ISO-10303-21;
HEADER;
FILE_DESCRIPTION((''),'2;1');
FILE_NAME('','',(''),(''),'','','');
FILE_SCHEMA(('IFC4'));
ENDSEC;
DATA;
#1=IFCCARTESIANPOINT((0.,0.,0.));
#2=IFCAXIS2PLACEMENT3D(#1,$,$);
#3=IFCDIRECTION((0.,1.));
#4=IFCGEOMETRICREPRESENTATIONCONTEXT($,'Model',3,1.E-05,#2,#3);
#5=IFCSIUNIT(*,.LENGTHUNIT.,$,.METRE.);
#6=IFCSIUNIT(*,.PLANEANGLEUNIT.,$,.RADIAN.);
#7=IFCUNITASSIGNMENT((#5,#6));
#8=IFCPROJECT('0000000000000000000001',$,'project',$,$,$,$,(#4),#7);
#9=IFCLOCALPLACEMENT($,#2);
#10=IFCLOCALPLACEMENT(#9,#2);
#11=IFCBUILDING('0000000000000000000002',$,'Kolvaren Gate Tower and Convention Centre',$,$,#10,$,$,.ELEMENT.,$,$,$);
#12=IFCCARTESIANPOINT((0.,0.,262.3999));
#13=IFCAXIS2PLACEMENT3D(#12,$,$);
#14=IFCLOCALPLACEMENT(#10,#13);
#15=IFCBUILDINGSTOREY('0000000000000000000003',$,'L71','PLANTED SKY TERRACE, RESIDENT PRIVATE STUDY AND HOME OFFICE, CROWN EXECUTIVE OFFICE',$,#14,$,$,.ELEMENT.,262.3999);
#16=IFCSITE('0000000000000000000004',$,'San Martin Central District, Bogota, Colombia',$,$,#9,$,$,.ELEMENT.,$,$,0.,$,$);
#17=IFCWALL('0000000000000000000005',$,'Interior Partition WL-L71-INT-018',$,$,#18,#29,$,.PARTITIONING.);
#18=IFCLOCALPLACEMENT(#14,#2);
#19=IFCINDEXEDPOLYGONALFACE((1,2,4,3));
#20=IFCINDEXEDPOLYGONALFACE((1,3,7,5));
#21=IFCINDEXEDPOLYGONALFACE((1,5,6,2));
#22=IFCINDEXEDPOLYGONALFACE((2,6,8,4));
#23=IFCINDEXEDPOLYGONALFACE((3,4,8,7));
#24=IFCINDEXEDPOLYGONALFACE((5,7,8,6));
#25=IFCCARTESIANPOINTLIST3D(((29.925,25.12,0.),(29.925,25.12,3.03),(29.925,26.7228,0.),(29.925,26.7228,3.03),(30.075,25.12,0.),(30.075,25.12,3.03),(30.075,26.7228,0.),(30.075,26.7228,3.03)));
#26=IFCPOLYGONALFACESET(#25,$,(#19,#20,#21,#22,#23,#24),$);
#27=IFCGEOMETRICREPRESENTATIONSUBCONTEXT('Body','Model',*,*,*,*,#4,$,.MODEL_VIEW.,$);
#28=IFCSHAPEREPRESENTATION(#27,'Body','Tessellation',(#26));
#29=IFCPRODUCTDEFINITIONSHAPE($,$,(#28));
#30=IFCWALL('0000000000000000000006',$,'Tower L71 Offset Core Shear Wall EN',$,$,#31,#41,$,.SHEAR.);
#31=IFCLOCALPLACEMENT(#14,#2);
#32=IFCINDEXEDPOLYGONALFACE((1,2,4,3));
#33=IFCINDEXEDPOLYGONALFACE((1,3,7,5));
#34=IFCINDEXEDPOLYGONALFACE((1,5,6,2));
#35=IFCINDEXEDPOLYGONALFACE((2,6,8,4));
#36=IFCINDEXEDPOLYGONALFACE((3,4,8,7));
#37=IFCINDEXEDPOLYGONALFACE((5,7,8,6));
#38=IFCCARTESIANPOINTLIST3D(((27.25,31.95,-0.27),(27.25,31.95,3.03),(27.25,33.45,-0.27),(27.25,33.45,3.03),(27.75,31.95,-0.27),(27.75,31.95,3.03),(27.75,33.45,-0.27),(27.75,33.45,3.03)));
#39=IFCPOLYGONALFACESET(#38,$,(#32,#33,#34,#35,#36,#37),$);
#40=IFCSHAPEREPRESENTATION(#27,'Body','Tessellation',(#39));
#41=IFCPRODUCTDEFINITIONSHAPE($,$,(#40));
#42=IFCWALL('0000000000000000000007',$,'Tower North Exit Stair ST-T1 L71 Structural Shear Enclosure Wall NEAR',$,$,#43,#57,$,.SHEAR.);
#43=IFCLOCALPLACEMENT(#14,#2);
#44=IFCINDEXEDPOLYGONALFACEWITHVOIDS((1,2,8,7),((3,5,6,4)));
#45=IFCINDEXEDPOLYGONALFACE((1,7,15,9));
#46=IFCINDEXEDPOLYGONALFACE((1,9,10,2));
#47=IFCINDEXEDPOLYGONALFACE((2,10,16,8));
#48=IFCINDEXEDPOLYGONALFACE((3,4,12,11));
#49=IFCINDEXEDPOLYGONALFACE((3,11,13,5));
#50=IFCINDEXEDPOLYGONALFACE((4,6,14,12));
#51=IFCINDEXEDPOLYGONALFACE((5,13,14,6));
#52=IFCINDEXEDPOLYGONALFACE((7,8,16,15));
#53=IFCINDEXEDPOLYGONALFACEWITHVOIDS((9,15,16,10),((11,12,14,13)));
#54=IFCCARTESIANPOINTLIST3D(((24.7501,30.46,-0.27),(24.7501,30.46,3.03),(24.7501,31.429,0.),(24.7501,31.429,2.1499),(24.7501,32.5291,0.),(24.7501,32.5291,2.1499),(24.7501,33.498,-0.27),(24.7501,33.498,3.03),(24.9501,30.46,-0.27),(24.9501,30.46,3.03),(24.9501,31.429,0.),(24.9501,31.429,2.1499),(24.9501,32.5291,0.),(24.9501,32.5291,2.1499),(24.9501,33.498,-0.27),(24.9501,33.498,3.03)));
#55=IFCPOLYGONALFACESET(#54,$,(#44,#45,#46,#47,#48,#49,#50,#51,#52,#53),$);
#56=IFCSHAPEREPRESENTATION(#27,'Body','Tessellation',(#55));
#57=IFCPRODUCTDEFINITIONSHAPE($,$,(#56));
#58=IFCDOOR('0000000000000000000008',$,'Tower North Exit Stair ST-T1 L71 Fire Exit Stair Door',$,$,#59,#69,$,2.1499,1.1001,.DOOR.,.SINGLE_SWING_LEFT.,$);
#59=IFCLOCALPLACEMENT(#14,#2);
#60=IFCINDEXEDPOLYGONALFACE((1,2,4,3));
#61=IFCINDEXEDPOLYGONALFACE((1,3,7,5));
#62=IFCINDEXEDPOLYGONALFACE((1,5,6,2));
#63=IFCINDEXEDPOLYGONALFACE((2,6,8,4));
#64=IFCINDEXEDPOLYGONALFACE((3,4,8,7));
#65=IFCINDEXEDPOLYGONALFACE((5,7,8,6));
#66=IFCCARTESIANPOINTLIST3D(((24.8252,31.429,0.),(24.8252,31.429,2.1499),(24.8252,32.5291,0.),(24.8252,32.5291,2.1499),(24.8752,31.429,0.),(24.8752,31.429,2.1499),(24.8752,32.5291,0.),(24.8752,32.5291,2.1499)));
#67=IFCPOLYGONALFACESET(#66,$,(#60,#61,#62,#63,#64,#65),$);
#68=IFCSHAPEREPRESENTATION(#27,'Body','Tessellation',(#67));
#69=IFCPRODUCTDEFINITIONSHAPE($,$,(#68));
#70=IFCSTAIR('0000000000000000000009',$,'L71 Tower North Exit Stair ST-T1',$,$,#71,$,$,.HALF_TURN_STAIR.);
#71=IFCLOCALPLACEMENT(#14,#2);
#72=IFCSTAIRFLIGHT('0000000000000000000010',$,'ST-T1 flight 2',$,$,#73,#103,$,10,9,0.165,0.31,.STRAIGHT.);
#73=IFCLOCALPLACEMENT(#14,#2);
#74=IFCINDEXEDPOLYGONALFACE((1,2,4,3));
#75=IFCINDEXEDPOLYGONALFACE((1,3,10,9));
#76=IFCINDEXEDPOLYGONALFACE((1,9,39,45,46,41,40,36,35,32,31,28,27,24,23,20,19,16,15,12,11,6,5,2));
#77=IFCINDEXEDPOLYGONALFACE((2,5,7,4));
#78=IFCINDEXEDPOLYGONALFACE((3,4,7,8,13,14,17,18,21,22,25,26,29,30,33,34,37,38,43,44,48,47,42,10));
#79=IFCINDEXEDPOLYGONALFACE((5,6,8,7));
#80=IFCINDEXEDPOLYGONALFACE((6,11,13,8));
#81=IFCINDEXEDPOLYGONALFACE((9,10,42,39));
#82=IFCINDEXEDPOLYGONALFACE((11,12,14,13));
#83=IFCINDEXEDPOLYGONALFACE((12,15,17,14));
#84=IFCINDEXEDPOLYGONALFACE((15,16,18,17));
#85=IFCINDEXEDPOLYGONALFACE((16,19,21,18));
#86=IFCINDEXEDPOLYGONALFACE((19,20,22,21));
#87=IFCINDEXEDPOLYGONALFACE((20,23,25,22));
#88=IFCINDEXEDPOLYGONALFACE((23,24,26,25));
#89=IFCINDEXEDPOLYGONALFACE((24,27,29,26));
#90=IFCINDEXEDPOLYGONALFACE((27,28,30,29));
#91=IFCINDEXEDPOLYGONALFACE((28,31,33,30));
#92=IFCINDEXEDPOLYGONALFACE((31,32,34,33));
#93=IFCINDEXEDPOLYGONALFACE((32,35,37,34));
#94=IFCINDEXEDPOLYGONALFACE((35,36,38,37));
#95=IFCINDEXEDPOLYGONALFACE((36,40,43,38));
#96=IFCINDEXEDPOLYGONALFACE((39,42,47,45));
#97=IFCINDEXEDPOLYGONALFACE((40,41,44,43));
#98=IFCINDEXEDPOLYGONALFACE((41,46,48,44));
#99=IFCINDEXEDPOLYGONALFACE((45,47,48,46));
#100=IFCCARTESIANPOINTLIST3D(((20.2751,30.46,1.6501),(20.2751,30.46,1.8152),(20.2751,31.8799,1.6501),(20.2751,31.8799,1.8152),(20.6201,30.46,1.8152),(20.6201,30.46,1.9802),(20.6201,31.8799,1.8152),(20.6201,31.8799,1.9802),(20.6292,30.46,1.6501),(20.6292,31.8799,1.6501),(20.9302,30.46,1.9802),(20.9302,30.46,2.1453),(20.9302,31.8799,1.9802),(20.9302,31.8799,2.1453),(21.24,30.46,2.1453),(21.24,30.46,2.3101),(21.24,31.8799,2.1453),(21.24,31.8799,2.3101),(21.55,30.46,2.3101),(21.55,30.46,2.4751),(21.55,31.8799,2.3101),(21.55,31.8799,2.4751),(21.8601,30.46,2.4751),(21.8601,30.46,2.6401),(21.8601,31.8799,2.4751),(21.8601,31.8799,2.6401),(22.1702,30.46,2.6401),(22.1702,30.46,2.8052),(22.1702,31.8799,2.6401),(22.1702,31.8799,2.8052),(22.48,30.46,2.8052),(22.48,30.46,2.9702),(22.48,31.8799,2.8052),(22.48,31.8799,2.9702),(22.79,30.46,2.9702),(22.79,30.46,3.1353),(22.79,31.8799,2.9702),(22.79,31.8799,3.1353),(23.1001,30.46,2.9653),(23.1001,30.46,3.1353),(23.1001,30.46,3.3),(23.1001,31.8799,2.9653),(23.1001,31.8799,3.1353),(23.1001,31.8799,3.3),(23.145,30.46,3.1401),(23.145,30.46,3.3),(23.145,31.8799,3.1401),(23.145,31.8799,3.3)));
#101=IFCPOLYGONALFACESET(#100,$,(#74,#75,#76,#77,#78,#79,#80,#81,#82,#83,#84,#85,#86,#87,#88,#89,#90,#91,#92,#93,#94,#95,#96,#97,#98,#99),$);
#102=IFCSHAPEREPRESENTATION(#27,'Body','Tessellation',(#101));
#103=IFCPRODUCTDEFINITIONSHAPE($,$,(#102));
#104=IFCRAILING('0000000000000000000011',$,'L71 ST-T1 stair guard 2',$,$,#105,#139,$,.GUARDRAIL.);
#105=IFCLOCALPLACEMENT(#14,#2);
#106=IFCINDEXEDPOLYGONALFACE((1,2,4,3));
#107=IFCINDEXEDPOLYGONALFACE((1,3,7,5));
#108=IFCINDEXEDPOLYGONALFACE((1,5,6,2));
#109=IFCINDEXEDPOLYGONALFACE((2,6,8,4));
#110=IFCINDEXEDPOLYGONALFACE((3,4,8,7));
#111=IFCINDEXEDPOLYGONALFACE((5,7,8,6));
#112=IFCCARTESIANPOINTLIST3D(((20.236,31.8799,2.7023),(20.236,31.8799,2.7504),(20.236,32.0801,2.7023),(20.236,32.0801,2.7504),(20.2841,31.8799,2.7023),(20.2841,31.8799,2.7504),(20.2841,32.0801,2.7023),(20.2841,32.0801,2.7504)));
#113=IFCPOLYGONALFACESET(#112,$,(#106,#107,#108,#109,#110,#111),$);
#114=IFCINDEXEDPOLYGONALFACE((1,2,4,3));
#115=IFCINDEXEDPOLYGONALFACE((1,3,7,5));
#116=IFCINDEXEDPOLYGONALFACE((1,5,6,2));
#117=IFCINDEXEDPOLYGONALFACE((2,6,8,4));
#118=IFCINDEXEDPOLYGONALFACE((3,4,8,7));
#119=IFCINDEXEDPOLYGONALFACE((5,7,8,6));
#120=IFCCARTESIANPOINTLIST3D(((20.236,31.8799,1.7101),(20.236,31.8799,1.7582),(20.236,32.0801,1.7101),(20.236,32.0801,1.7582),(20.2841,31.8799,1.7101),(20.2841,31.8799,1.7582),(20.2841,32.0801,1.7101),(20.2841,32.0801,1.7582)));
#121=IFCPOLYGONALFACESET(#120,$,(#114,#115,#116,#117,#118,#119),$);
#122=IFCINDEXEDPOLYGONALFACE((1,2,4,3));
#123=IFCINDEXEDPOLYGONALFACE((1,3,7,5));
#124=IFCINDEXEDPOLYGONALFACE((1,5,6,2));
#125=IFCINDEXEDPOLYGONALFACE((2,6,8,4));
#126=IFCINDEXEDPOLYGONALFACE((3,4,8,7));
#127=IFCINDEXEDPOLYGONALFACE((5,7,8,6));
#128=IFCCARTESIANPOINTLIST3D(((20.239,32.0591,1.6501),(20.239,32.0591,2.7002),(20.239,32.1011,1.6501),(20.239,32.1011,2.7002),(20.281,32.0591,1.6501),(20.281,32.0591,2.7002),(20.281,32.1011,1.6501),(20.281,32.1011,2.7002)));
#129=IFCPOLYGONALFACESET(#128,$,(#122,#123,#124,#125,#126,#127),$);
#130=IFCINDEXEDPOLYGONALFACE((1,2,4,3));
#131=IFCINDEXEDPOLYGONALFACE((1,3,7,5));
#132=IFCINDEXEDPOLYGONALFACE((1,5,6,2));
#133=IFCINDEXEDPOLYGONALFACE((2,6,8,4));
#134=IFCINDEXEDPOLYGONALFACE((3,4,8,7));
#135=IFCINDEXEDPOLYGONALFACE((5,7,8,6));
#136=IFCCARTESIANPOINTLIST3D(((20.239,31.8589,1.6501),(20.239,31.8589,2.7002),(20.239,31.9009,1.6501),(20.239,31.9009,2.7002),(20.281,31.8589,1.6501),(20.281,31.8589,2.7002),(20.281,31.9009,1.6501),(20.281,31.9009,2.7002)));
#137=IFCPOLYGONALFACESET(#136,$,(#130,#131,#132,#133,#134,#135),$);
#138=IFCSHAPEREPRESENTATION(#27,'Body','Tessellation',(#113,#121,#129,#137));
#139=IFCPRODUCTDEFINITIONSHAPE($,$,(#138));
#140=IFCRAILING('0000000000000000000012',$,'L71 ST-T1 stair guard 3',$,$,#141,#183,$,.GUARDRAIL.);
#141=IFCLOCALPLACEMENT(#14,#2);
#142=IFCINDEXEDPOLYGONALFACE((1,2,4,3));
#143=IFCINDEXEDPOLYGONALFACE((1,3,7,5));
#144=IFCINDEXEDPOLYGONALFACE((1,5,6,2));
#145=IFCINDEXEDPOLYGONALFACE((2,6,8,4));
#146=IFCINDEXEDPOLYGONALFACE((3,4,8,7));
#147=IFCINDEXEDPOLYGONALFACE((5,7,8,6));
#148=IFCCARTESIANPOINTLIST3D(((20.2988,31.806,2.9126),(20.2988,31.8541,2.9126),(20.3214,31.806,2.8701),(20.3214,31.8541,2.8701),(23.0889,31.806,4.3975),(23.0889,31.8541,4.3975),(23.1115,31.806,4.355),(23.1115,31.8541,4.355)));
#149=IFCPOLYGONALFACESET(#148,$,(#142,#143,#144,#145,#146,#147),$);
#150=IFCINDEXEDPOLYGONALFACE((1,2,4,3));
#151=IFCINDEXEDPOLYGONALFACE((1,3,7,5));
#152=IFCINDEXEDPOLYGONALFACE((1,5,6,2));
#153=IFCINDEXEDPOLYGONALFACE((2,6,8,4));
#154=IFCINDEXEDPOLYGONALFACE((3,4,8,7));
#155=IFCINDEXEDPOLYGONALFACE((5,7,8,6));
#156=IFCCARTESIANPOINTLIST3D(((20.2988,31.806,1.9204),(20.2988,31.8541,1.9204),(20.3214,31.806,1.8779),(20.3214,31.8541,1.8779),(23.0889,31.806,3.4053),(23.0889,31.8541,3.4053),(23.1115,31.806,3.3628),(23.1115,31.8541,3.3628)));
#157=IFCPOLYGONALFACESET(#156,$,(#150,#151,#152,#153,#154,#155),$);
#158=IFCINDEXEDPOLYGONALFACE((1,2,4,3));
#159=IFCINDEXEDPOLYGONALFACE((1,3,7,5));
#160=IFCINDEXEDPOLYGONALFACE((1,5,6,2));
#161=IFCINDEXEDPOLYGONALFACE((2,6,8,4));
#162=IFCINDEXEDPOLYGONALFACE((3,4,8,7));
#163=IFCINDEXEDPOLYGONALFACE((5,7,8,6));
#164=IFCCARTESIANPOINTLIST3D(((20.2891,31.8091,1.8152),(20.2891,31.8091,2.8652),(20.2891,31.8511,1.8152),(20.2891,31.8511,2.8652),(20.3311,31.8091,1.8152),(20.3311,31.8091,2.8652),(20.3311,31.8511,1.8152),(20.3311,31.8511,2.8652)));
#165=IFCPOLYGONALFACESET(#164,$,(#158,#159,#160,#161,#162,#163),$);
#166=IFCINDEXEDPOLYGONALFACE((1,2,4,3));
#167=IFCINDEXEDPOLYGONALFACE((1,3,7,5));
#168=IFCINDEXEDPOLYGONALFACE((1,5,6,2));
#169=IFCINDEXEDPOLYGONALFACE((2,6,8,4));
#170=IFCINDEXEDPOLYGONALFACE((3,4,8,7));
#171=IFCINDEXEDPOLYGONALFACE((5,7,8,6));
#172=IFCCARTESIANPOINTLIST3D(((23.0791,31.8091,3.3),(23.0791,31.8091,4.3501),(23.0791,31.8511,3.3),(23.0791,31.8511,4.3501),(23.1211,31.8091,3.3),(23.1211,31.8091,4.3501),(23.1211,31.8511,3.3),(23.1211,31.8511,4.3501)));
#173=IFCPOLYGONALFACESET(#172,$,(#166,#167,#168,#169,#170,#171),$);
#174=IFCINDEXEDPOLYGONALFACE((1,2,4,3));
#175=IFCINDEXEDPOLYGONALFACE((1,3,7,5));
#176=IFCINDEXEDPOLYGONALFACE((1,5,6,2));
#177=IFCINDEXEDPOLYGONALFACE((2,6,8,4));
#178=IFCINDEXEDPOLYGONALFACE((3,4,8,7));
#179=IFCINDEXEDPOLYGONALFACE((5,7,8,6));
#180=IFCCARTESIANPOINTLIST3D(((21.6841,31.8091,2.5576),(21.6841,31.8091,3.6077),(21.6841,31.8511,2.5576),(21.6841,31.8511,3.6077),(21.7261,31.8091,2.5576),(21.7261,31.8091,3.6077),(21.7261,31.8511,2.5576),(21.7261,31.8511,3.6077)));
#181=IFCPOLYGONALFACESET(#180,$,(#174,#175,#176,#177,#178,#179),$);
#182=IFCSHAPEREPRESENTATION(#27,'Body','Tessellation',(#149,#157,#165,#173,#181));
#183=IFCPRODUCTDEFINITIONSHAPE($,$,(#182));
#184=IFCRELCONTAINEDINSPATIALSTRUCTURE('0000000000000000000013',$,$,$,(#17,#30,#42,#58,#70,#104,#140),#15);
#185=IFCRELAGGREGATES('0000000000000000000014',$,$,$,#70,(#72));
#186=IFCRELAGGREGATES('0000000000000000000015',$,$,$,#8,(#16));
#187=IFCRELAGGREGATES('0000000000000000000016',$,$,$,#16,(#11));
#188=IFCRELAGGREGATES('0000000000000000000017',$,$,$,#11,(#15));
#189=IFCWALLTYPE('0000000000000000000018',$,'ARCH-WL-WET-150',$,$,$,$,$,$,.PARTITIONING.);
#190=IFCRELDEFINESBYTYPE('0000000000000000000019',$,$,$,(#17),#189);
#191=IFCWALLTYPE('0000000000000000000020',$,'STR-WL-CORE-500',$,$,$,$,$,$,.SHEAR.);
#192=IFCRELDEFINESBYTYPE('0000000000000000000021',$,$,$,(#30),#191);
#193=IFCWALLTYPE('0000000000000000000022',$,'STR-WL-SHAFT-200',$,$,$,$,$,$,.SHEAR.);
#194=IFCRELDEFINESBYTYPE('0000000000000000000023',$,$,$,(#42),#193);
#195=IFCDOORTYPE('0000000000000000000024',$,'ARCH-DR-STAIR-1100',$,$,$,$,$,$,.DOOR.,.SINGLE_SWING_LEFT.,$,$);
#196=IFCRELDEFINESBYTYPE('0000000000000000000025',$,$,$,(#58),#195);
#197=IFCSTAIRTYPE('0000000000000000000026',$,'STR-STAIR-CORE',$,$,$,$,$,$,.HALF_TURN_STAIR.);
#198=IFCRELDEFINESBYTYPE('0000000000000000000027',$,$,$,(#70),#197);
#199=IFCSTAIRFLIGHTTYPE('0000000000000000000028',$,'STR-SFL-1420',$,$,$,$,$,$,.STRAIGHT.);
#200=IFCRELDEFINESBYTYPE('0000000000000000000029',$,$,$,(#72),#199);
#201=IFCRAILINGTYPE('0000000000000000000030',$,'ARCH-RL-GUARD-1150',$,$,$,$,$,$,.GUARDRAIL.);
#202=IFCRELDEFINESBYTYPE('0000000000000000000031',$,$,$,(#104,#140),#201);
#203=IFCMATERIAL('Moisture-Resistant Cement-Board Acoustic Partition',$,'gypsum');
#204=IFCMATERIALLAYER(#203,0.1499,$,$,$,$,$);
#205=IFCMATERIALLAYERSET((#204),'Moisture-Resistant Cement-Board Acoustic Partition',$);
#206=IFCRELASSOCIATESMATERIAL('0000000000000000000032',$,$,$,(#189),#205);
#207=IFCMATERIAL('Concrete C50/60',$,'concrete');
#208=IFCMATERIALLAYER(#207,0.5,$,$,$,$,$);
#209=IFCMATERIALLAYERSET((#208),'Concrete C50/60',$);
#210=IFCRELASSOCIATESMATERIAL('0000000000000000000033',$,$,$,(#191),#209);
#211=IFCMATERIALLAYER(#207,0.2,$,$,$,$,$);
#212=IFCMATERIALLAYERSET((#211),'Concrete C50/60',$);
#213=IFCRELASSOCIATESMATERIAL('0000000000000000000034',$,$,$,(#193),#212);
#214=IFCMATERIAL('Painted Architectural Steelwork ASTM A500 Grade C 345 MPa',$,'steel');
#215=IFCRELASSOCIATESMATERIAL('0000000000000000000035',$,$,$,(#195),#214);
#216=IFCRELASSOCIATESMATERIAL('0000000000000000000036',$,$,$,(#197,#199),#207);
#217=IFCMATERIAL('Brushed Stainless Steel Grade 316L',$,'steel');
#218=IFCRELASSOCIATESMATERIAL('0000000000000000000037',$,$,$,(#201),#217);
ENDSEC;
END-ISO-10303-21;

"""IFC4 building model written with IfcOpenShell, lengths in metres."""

from ifc_helpers import new_model, si_unit, direction, frame, frame_2d, origin, origin_2d, place, context, subcontext, project, spatial, polyline, rectangle, outline, extrude, material, layer, layer_set, type_object, element, fill, aggregate, save


model = new_model("IFC4")

# Units and contexts
model_context = context("Model", 3, precision=1e-05, world=origin(), true_north=direction((0.0, 1.0)))
body_context = subcontext(model_context, "Body", "Model", "MODEL_VIEW")
ifc_project = project(units=[si_unit("LENGTHUNIT", "METRE"), si_unit("PLANEANGLEUNIT", "RADIAN")], contexts=[model_context])

# Site, building, storey
site_placement = place(None, origin())
site = spatial("IfcSite", under=ifc_project, at=site_placement, Name="San Martin Central District, Bogota, Colombia", CompositionType="ELEMENT", RefElevation=0.0)
building_placement = place(site_placement, origin())
building = spatial("IfcBuilding", under=site, at=building_placement, Name="Kolvaren Gate Tower and Convention Centre", CompositionType="ELEMENT")
storey_placement = place(building_placement, frame((0.0, 0.0, 262.3999)))
storey = spatial("IfcBuildingStorey", under=building, at=storey_placement, Name="L71", Description="PLANTED SKY TERRACE, RESIDENT PRIVATE STUDY AND HOME OFFICE, CROWN EXECUTIVE OFFICE", CompositionType="ELEMENT", Elevation=262.3999)

# Shared definitions
ifc_material_1 = material(Name="Brushed Stainless Steel Grade 316L", Category="steel")

# Walls
ifc_material_2 = material(Name="Moisture-Resistant Cement-Board Acoustic Partition", Category="gypsum")
ifc_layer_1 = layer(ifc_material_2, 0.1499)
ifc_layer_set_1 = layer_set([ifc_layer_1], Name="Moisture-Resistant Cement-Board Acoustic Partition")
wall_type_1 = type_object("IfcWallType", Name="ARCH-WL-WET-150", PredefinedType="PARTITIONING", material=ifc_layer_set_1)
wall_1_placement = place(storey_placement, frame((30.0, 25.1201, 0.0), z_axis=(0.0, 0.0, 1.0), x_axis=(0.0, 1.0, 0.0)))
element("IfcWall", 1, at=wall_1_placement, inside=storey, type_object=wall_type_1, Name="Interior Partition WL-L71-INT-018", PredefinedType="PARTITIONING", context=body_context, shape_type="SweptSolid", body=[
    extrude(rectangle(XDim=1.6028, YDim=0.1499, at=frame_2d((0.8013, 0.0))), origin(), (0.0, 0.0, 1.0), 3.03),
])
ifc_material_3 = material(Name="Concrete C50/60", Category="concrete")
ifc_layer_2 = layer(ifc_material_3, 0.5)
ifc_layer_set_2 = layer_set([ifc_layer_2], Name="Concrete C50/60")
wall_type_2 = type_object("IfcWallType", Name="STR-WL-CORE-500", PredefinedType="SHEAR", material=ifc_layer_set_2)
wall_2_placement = place(storey_placement, frame((27.5, 31.95, -0.27), z_axis=(0.0, 0.0, 1.0), x_axis=(0.0, 1.0, 0.0)))
element("IfcWall", 2, at=wall_2_placement, inside=storey, type_object=wall_type_2, Name="Tower L71 Offset Core Shear Wall EN", PredefinedType="SHEAR", context=body_context, shape_type="SweptSolid", body=[
    extrude(rectangle(XDim=1.5, YDim=0.5, at=frame_2d((0.75, 0.0))), origin(), (0.0, 0.0, 1.0), 3.3),
])

# Wall, opening, door
ifc_layer_3 = layer(ifc_material_3, 0.2)
ifc_layer_set_3 = layer_set([ifc_layer_3], Name="Concrete C50/60")
wall_type_3 = type_object("IfcWallType", Name="STR-WL-SHAFT-200", PredefinedType="SHEAR", material=ifc_layer_set_3)
wall_3_placement = place(storey_placement, frame((24.8501, 30.46, -0.27), z_axis=(0.0, 0.0, 1.0), x_axis=(0.0, 1.0, 0.0)))
wall_3 = element("IfcWall", 3, at=wall_3_placement, inside=storey, type_object=wall_type_3, Name="Tower North Exit Stair ST-T1 L71 Structural Shear Enclosure Wall NEAR", PredefinedType="SHEAR", context=body_context, shape_type="SweptSolid", body=[
    extrude(rectangle(XDim=3.0381, YDim=0.2, at=frame_2d((1.519, 0.0))), origin(), (0.0, 0.0, 1.0), 3.3),
])
opening_1_placement = place(wall_3_placement, frame((0.969, 0.0, 0.27)))
opening_1 = element("IfcOpeningElement", 4, at=opening_1_placement, cuts=wall_3, PredefinedType="OPENING", context=body_context, shape_type="SweptSolid", body=[
    extrude(rectangle(XDim=1.1001, YDim=2.1499, at=frame_2d((0.55, 1.075))), frame((0.0, 0.1099, 0.0), z_axis=(0.0, -1.0, 0.0), x_axis=(1.0, 0.0, 0.0)), (0.0, 0.0, 1.0), 0.22),
])
ifc_material_4 = material(Name="Painted Architectural Steelwork ASTM A500 Grade C 345 MPa", Category="steel")
door_type_1 = type_object("IfcDoorType", Name="ARCH-DR-STAIR-1100", OperationType="SINGLE_SWING_LEFT", PredefinedType="DOOR", material=ifc_material_4)
door_1_placement = place(opening_1_placement, origin())
door_1 = element("IfcDoor", 5, at=door_1_placement, inside=storey, type_object=door_type_1, Name="Tower North Exit Stair ST-T1 L71 Fire Exit Stair Door", OperationType="SINGLE_SWING_LEFT", OverallHeight=2.1499, OverallWidth=1.1001, PredefinedType="DOOR", context=body_context, shape_type="SweptSolid", body=[
    extrude(rectangle(XDim=1.1001, YDim=2.1499, at=frame_2d((0.55, 1.075))), frame((0.0, 0.0249, 0.0), z_axis=(0.0, -1.0, 0.0), x_axis=(1.0, 0.0, 0.0)), (0.0, 0.0, 1.0), 0.05),
])
fill(opening_1, door_1)

# Stair, stair flight
stair_type = type_object("IfcStairType", Name="STR-STAIR-CORE", PredefinedType="HALF_TURN_STAIR", material=ifc_material_3)
stair_placement = place(storey_placement, origin())
stair = element("IfcStair", 6, at=stair_placement, inside=storey, type_object=stair_type, Name="L71 Tower North Exit Stair ST-T1", PredefinedType="HALF_TURN_STAIR")
stair_flight_type = type_object("IfcStairFlightType", Name="STR-SFL-1420", PredefinedType="STRAIGHT", material=ifc_material_3)
stair_flight_placement = place(storey_placement, frame((20.3101, 31.1699, 1.6501), z_axis=(0.0, 0.0, 1.0), x_axis=(1.0, 0.0, 0.0)))
stair_flight = element("IfcStairFlight", 7, at=stair_flight_placement, type_object=stair_flight_type, Name="ST-T1 flight 2", NumberOfRisers=10, NumberOfTreads=9, PredefinedType="STRAIGHT", RiserHeight=0.165, TreadLength=0.31, context=body_context, shape_type="SweptSolid", body=[
    extrude(outline(polyline([(-0.0349, 0.0), (-0.0349, 0.165), (0.3101, 0.165), (0.3101, 0.3301), (0.6201, 0.3301), (0.6201, 0.4951), (0.9299, 0.4951), (0.9299, 0.6599), (1.24, 0.6599), (1.24, 0.825), (1.55, 0.825), (1.55, 0.99), (1.8601, 0.99), (1.8601, 1.155), (2.1699, 1.155), (2.1699, 1.3201), (2.48, 1.3201), (2.48, 1.4851), (2.79, 1.4851), (2.79, 1.6499), (2.835, 1.6499), (2.835, 1.49), (2.79, 1.3152), (0.3191, 0.0), (-0.0349, 0.0)])), frame((0.0, 0.71, 0.0), z_axis=(0.0, -1.0, 0.0), x_axis=(1.0, 0.0, 0.0)), (0.0, 0.0, 1.0), 1.4199),
])
aggregate(stair, [stair_flight])

# Railings
railing_type_1 = type_object("IfcRailingType", Name="ARCH-RL-GUARD-1150", PredefinedType="GUARDRAIL", material=ifc_material_1)
railing_1_placement = place(storey_placement, frame((20.26, 32.0801, 1.6501)))
element("IfcRailing", 8, at=railing_1_placement, inside=storey, type_object=railing_type_1, Name="L71 ST-T1 stair guard 2", PredefinedType="GUARDRAIL", context=body_context, shape_type="SweptSolid", body=[
    extrude(rectangle(XDim=0.0481, YDim=0.0481, at=origin_2d()), frame((0.0, 0.0, 1.0762), z_axis=(0.0, -1.0, 0.0), x_axis=(1.0, 0.0, 0.0)), (0.0, 0.0, 1.0), 0.2002),
    extrude(rectangle(XDim=0.0481, YDim=0.0481, at=origin_2d()), frame((0.0, 0.0, 0.084), z_axis=(0.0, -1.0, 0.0), x_axis=(1.0, 0.0, 0.0)), (0.0, 0.0, 1.0), 0.2002),
    extrude(rectangle(XDim=0.042, YDim=0.042, at=origin_2d()), origin(), (0.0, 0.0, 1.0), 1.05),
    extrude(rectangle(XDim=0.042, YDim=0.042, at=origin_2d()), frame((0.0, -0.2002, 0.0)), (0.0, 0.0, 1.0), 1.05),
])
railing_2_placement = place(storey_placement, frame((20.3101, 31.8301, 1.8152)))
element("IfcRailing", 9, at=railing_2_placement, inside=storey, type_object=railing_type_1, Name="L71 ST-T1 stair guard 3", PredefinedType="GUARDRAIL", context=body_context, shape_type="SweptSolid", body=[
    extrude(rectangle(XDim=0.0481, YDim=0.0481, at=origin_2d()), frame((0.0, 0.0, 1.0762), z_axis=(0.882767, 0.0, 0.46981), x_axis=(0.0, 1.0, 0.0)), (0.0, 0.0, 1.0), 3.1606),
    extrude(rectangle(XDim=0.0481, YDim=0.0481, at=origin_2d()), frame((0.0, 0.0, 0.084), z_axis=(0.882767, 0.0, 0.46981), x_axis=(0.0, 1.0, 0.0)), (0.0, 0.0, 1.0), 3.1606),
    extrude(rectangle(XDim=0.042, YDim=0.042, at=origin_2d()), origin(), (0.0, 0.0, 1.0), 1.05),
    extrude(rectangle(XDim=0.042, YDim=0.042, at=origin_2d()), frame((2.79, 0.0, 1.4849)), (0.0, 0.0, 1.0), 1.05),
    extrude(rectangle(XDim=0.042, YDim=0.042, at=origin_2d()), frame((1.395, 0.0, 0.7424)), (0.0, 0.0, 1.0), 1.05),
])

save(model, "model.ifc")
